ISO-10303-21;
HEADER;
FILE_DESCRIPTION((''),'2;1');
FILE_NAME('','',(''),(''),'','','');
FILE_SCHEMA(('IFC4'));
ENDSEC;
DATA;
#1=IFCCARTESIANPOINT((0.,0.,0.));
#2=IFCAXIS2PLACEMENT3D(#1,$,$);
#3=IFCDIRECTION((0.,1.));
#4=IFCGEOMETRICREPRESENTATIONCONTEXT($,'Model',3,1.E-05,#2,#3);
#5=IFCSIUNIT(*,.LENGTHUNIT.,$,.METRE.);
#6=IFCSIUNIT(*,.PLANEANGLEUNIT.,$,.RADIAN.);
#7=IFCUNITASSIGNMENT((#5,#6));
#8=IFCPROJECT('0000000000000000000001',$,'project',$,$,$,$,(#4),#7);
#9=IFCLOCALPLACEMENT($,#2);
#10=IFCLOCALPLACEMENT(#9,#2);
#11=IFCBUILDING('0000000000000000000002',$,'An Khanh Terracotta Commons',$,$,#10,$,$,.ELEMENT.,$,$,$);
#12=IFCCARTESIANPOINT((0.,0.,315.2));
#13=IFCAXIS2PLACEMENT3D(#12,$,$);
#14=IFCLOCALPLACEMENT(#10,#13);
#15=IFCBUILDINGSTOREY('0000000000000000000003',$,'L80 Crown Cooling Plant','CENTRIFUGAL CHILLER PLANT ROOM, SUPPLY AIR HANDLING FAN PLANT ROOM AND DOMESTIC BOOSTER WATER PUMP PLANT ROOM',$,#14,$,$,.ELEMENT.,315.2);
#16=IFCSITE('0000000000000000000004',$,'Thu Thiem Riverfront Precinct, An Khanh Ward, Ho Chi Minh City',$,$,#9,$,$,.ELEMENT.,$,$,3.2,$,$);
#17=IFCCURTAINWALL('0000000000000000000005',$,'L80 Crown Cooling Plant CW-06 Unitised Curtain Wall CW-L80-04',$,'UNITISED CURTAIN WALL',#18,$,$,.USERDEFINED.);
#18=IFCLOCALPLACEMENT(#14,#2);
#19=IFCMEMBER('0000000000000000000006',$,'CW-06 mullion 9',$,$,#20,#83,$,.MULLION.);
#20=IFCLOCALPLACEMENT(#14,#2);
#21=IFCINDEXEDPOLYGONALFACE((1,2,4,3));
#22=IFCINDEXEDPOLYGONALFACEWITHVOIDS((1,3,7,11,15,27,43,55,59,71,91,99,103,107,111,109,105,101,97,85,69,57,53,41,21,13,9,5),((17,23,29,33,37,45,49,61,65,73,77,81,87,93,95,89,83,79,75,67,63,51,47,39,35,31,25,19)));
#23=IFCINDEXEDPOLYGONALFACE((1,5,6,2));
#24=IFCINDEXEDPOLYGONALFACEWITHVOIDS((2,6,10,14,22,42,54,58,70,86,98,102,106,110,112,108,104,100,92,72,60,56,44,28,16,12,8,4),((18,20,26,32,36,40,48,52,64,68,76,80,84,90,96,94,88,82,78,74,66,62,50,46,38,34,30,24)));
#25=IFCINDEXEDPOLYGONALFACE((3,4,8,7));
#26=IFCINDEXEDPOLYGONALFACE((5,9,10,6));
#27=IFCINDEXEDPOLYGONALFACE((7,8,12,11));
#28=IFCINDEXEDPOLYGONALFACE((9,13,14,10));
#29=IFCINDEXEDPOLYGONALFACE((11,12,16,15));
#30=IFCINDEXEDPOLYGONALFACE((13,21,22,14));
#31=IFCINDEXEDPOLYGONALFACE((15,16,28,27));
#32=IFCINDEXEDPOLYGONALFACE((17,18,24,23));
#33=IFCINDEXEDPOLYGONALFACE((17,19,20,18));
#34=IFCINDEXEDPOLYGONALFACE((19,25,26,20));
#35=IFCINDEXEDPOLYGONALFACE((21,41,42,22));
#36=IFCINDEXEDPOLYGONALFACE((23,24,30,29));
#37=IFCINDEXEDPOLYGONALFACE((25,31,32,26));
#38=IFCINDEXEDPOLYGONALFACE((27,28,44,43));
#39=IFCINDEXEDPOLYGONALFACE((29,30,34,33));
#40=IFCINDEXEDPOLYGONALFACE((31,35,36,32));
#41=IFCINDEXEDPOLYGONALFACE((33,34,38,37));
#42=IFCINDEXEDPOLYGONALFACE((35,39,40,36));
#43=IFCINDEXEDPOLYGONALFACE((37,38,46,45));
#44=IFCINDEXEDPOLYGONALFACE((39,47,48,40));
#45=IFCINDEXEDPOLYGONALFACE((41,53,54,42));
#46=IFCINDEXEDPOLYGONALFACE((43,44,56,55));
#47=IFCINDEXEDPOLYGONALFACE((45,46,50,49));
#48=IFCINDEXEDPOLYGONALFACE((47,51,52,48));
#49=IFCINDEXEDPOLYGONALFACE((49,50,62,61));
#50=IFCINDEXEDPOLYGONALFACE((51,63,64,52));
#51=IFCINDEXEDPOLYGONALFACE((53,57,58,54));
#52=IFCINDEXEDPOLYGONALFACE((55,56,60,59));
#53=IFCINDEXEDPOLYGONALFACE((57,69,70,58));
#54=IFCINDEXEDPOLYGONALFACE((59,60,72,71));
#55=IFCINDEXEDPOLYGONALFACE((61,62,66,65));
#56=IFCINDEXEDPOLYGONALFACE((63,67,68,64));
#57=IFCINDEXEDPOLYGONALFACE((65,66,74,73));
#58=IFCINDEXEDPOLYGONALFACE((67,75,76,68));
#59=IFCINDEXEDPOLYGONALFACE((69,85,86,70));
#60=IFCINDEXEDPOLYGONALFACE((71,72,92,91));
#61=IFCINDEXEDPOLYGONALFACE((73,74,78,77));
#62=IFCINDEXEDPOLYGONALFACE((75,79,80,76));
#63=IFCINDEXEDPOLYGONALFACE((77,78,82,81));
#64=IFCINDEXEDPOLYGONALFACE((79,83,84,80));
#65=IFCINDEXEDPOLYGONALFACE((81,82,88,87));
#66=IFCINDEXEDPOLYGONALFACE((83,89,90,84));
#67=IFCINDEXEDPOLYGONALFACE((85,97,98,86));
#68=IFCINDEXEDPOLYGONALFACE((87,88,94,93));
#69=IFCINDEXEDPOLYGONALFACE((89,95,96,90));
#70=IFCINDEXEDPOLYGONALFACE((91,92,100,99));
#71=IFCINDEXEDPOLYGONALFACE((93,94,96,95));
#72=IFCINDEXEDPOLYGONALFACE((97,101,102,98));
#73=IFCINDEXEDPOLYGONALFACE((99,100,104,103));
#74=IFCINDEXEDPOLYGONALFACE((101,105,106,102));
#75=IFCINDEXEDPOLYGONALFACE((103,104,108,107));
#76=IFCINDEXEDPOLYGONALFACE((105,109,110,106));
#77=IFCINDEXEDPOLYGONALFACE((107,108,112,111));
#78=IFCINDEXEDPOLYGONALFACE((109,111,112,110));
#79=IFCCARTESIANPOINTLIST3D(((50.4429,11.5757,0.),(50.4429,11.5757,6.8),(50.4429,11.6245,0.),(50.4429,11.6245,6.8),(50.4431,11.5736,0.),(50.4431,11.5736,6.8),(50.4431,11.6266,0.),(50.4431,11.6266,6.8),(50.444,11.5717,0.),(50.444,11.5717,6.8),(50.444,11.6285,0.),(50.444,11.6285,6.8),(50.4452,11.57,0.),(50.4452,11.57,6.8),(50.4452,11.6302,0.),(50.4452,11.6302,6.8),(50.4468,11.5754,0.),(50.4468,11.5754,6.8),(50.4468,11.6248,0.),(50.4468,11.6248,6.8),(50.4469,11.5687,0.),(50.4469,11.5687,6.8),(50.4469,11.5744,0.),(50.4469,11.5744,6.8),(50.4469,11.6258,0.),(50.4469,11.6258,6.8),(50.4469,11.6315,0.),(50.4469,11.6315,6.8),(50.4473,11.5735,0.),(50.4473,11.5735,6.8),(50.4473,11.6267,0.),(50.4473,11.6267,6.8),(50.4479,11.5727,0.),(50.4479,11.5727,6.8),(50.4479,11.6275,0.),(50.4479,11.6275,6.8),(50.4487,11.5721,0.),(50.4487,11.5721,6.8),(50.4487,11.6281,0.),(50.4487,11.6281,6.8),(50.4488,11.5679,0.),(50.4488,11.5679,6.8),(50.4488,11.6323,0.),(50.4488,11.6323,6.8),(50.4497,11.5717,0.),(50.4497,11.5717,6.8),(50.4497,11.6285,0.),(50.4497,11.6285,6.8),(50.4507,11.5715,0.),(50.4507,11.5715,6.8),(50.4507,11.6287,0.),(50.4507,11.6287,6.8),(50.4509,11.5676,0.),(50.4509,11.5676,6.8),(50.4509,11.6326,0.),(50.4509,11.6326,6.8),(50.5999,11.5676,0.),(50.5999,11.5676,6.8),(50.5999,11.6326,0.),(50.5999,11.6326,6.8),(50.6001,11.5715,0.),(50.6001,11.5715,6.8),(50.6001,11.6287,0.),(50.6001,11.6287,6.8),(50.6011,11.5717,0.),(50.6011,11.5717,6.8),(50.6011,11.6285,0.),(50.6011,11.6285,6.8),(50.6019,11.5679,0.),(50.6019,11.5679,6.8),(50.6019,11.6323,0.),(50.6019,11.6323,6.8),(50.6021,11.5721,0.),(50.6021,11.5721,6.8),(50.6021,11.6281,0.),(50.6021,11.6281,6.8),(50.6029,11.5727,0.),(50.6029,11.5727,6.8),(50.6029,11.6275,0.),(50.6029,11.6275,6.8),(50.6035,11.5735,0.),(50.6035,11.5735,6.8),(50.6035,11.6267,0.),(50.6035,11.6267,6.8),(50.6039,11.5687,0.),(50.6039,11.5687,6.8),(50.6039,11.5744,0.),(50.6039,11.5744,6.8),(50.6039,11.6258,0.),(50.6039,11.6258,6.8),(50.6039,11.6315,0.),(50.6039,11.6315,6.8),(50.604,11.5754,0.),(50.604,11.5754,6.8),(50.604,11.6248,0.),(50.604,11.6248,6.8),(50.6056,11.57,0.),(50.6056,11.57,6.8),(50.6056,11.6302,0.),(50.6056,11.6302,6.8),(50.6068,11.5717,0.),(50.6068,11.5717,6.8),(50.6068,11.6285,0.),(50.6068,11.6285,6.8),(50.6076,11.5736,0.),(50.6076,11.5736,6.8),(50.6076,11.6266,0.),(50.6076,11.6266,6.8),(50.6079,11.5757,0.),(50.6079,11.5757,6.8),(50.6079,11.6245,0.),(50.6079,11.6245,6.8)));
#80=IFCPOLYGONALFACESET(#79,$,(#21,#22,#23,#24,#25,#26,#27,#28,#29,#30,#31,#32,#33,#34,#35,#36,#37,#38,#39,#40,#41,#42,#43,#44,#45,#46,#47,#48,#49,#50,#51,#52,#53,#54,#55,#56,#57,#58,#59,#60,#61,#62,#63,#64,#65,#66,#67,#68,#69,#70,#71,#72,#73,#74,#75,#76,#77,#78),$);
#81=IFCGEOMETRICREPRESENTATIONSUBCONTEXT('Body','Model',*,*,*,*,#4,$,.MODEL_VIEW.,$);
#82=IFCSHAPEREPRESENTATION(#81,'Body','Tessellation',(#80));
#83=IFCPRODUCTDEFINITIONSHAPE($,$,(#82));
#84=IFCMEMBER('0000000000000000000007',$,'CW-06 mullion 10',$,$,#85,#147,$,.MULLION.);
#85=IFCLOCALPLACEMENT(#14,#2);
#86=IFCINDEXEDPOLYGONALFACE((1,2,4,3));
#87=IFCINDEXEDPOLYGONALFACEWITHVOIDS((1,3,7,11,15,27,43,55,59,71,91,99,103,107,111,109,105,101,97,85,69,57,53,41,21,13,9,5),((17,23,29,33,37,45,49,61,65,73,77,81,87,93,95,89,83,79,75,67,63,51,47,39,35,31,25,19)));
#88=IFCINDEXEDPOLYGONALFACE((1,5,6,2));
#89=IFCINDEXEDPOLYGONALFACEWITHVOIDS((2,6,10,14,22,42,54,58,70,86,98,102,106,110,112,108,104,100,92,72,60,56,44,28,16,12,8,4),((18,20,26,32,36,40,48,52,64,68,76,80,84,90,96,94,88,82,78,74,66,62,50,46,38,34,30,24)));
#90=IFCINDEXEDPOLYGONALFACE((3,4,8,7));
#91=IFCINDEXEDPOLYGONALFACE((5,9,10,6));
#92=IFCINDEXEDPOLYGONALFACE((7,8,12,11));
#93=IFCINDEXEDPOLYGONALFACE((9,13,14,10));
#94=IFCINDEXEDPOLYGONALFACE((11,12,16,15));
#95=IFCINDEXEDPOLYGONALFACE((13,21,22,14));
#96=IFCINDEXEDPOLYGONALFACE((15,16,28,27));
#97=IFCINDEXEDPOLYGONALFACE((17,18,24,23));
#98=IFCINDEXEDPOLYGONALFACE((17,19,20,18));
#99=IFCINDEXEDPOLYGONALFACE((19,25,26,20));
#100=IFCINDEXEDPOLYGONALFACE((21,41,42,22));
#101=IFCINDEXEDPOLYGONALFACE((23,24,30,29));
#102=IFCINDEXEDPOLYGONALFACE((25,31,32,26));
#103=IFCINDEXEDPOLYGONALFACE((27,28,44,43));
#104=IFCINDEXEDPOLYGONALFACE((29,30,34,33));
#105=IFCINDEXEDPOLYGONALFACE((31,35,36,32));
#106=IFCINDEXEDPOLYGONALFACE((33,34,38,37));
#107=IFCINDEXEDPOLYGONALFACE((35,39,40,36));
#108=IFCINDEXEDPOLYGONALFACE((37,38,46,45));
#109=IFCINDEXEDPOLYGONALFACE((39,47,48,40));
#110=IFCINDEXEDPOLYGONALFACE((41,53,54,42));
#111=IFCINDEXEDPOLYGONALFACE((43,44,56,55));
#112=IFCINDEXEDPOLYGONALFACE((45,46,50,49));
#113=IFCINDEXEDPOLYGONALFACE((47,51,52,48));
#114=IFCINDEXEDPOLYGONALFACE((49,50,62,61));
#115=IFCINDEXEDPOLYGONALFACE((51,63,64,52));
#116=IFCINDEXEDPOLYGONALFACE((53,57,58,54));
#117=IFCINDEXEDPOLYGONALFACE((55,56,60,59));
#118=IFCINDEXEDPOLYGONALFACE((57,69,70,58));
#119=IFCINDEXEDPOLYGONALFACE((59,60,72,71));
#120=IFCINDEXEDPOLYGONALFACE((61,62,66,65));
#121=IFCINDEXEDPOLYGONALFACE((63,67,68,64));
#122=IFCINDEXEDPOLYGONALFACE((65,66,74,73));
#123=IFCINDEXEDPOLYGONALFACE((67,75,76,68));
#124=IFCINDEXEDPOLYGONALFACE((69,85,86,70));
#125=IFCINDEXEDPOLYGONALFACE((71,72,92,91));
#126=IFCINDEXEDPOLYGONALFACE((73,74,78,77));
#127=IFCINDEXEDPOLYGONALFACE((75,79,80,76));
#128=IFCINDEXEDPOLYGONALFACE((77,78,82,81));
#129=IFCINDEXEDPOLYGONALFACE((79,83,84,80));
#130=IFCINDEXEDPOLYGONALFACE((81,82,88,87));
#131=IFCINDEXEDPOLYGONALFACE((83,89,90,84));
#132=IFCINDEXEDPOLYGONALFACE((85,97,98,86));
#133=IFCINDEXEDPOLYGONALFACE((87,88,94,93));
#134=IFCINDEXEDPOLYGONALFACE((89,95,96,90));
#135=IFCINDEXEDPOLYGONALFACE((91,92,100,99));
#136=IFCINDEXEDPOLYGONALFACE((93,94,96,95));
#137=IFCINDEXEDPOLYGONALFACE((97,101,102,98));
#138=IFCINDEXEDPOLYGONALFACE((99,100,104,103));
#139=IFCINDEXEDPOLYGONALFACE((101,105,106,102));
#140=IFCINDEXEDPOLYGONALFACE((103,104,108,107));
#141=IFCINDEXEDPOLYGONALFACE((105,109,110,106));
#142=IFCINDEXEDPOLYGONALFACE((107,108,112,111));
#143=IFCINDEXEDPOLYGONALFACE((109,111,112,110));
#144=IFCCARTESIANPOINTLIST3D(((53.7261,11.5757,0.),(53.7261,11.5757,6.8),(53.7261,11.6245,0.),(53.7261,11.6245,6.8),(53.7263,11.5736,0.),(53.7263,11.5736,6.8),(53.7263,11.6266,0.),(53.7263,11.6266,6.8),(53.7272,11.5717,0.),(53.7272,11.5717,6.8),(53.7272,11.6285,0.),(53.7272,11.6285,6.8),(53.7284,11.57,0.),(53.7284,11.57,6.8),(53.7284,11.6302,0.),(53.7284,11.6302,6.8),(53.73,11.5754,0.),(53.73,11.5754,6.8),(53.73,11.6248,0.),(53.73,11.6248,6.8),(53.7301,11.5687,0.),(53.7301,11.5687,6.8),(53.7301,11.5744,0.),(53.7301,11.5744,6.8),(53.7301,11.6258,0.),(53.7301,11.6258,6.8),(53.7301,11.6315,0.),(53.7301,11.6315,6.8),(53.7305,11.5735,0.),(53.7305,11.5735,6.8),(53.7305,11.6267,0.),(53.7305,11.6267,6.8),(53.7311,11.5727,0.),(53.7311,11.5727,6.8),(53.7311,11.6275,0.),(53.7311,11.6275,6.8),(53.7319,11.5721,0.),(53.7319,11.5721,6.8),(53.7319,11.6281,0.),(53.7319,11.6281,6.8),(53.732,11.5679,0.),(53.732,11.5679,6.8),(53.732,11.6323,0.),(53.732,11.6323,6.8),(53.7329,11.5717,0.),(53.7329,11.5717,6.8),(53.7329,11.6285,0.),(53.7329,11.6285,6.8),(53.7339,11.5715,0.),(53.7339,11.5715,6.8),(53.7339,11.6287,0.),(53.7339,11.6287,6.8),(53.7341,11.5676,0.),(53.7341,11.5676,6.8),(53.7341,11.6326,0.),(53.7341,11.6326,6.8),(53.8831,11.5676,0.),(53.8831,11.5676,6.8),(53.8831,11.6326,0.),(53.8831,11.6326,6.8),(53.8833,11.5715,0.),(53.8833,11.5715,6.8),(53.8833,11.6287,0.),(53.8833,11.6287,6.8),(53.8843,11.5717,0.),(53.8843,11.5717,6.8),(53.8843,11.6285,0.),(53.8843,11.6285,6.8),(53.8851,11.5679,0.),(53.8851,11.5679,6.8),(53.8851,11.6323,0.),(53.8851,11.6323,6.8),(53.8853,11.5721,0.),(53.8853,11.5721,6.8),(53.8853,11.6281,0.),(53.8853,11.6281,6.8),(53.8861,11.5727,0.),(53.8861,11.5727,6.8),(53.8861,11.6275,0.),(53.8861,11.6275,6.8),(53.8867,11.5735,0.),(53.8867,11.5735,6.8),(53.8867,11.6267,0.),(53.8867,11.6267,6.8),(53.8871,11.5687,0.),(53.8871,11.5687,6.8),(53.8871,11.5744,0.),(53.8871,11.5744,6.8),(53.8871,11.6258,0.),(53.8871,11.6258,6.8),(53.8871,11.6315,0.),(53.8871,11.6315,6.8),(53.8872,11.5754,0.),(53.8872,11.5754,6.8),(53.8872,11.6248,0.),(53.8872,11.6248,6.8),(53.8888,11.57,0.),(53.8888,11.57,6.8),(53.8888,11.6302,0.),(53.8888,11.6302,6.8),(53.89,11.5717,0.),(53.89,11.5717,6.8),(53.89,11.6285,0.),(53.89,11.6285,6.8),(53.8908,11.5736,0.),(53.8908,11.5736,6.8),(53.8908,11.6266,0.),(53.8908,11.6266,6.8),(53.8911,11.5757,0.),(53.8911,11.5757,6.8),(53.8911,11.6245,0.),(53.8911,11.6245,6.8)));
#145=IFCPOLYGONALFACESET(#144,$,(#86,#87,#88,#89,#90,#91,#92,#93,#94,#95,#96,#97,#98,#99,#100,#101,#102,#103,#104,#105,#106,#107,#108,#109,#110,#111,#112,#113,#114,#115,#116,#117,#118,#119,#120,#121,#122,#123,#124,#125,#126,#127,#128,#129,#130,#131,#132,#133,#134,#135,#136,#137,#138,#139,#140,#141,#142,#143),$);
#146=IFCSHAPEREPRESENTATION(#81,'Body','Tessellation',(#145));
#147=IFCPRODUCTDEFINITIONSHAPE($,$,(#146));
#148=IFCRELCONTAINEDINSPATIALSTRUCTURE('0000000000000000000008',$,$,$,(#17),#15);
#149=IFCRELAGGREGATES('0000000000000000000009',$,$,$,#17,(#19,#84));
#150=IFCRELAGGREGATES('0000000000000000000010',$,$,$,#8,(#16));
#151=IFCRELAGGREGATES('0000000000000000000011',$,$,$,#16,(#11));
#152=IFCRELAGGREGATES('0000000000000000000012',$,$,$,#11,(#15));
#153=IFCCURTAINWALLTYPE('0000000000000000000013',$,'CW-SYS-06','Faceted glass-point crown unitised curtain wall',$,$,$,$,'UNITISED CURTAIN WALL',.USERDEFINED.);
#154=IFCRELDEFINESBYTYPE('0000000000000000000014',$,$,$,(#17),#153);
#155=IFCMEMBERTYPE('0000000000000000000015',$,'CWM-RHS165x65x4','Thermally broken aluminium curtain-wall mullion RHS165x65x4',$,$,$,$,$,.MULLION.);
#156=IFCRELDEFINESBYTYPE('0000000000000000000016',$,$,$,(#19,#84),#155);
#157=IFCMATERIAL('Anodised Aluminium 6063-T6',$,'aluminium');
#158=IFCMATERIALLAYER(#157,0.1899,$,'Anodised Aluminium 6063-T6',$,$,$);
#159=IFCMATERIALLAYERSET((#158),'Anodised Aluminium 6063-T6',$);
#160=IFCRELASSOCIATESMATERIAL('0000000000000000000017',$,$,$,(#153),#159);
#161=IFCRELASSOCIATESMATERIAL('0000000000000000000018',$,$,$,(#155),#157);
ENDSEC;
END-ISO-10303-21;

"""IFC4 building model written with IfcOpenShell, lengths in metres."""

from ifc_helpers import new_model, si_unit, direction, frame, origin, origin_2d, place, context, subcontext, project, spatial, hollow_rectangle, extrude, material, layer, layer_set, material_profile, profile_set, type_object, element, aggregate, save


model = new_model("IFC4")

# Units and contexts
model_context = context("Model", 3, precision=1e-05, world=origin(), true_north=direction((0.0, 1.0)))
body_context = subcontext(model_context, "Body", "Model", "MODEL_VIEW")
ifc_project = project(units=[si_unit("LENGTHUNIT", "METRE"), si_unit("PLANEANGLEUNIT", "RADIAN")], contexts=[model_context])

# Site, building, storey
site_placement = place(None, origin())
site = spatial("IfcSite", under=ifc_project, at=site_placement, Name="Thu Thiem Riverfront Precinct, An Khanh Ward, Ho Chi Minh City", CompositionType="ELEMENT", RefElevation=3.2)
building_placement = place(site_placement, origin())
building = spatial("IfcBuilding", under=site, at=building_placement, Name="An Khanh Terracotta Commons", CompositionType="ELEMENT")
storey_placement = place(building_placement, frame((0.0, 0.0, 315.2)))
storey = spatial("IfcBuildingStorey", under=building, at=storey_placement, Name="L80 Crown Cooling Plant", Description="CENTRIFUGAL CHILLER PLANT ROOM, SUPPLY AIR HANDLING FAN PLANT ROOM AND DOMESTIC BOOSTER WATER PUMP PLANT ROOM", CompositionType="ELEMENT", Elevation=315.2)

# Curtain wall, members
ifc_material_1 = material(Name="Anodised Aluminium 6063-T6", Category="aluminium")
ifc_layer_1 = layer(ifc_material_1, 0.1899, Name="Anodised Aluminium 6063-T6")
ifc_layer_set_1 = layer_set([ifc_layer_1], Name="Anodised Aluminium 6063-T6")
curtain_wall_type = type_object("IfcCurtainWallType", Name="CW-SYS-06", Description="Faceted glass-point crown unitised curtain wall", ElementType="UNITISED CURTAIN WALL", PredefinedType="USERDEFINED", material=ifc_layer_set_1)
curtain_wall_placement = place(storey_placement, origin())
curtain_wall = element("IfcCurtainWall", 1, at=curtain_wall_placement, inside=storey, type_object=curtain_wall_type, Name="L80 Crown Cooling Plant CW-06 Unitised Curtain Wall CW-L80-04", ObjectType="UNITISED CURTAIN WALL", PredefinedType="USERDEFINED")
ifc_material_profile_1 = material_profile(ifc_material_1, hollow_rectangle(XDim=0.0649, YDim=0.165, WallThickness=0.0039, InnerFilletRadius=0.0039, OuterFilletRadius=0.0081, at=origin_2d()), Name="RHS165x65x4")
ifc_profile_set_1 = profile_set([ifc_material_profile_1], Name="Anodised Aluminium 6063-T6")
member_type_1 = type_object("IfcMemberType", Name="CWM-RHS165x65x4", Description="Thermally broken aluminium curtain-wall mullion RHS165x65x4", PredefinedType="MULLION", material=ifc_profile_set_1)
member_1_placement = place(storey_placement, frame((50.5254, 11.6001, 0.0), z_axis=(0.0, 0.0, 1.0), x_axis=(0.0, 1.0, 0.0)))
member_1 = element("IfcMember", 2, at=member_1_placement, type_object=member_type_1, Name="CW-06 mullion 9", PredefinedType="MULLION", context=body_context, shape_type="SweptSolid", body=[
    extrude(hollow_rectangle(XDim=0.0649, YDim=0.165, WallThickness=0.0039, InnerFilletRadius=0.0039, OuterFilletRadius=0.0081, at=origin_2d()), origin(), (0.0, 0.0, 1.0), 6.8),
])
member_2_placement = place(storey_placement, frame((53.8086, 11.6001, 0.0), z_axis=(0.0, 0.0, 1.0), x_axis=(0.0, 1.0, 0.0)))
member_2 = element("IfcMember", 3, at=member_2_placement, type_object=member_type_1, Name="CW-06 mullion 10", PredefinedType="MULLION", context=body_context, shape_type="SweptSolid", body=[
    extrude(hollow_rectangle(XDim=0.0649, YDim=0.165, WallThickness=0.0039, InnerFilletRadius=0.0039, OuterFilletRadius=0.0081, at=origin_2d()), origin(), (0.0, 0.0, 1.0), 6.8),
])

aggregate(curtain_wall, [member_1, member_2])

save(model, "model.ifc")
